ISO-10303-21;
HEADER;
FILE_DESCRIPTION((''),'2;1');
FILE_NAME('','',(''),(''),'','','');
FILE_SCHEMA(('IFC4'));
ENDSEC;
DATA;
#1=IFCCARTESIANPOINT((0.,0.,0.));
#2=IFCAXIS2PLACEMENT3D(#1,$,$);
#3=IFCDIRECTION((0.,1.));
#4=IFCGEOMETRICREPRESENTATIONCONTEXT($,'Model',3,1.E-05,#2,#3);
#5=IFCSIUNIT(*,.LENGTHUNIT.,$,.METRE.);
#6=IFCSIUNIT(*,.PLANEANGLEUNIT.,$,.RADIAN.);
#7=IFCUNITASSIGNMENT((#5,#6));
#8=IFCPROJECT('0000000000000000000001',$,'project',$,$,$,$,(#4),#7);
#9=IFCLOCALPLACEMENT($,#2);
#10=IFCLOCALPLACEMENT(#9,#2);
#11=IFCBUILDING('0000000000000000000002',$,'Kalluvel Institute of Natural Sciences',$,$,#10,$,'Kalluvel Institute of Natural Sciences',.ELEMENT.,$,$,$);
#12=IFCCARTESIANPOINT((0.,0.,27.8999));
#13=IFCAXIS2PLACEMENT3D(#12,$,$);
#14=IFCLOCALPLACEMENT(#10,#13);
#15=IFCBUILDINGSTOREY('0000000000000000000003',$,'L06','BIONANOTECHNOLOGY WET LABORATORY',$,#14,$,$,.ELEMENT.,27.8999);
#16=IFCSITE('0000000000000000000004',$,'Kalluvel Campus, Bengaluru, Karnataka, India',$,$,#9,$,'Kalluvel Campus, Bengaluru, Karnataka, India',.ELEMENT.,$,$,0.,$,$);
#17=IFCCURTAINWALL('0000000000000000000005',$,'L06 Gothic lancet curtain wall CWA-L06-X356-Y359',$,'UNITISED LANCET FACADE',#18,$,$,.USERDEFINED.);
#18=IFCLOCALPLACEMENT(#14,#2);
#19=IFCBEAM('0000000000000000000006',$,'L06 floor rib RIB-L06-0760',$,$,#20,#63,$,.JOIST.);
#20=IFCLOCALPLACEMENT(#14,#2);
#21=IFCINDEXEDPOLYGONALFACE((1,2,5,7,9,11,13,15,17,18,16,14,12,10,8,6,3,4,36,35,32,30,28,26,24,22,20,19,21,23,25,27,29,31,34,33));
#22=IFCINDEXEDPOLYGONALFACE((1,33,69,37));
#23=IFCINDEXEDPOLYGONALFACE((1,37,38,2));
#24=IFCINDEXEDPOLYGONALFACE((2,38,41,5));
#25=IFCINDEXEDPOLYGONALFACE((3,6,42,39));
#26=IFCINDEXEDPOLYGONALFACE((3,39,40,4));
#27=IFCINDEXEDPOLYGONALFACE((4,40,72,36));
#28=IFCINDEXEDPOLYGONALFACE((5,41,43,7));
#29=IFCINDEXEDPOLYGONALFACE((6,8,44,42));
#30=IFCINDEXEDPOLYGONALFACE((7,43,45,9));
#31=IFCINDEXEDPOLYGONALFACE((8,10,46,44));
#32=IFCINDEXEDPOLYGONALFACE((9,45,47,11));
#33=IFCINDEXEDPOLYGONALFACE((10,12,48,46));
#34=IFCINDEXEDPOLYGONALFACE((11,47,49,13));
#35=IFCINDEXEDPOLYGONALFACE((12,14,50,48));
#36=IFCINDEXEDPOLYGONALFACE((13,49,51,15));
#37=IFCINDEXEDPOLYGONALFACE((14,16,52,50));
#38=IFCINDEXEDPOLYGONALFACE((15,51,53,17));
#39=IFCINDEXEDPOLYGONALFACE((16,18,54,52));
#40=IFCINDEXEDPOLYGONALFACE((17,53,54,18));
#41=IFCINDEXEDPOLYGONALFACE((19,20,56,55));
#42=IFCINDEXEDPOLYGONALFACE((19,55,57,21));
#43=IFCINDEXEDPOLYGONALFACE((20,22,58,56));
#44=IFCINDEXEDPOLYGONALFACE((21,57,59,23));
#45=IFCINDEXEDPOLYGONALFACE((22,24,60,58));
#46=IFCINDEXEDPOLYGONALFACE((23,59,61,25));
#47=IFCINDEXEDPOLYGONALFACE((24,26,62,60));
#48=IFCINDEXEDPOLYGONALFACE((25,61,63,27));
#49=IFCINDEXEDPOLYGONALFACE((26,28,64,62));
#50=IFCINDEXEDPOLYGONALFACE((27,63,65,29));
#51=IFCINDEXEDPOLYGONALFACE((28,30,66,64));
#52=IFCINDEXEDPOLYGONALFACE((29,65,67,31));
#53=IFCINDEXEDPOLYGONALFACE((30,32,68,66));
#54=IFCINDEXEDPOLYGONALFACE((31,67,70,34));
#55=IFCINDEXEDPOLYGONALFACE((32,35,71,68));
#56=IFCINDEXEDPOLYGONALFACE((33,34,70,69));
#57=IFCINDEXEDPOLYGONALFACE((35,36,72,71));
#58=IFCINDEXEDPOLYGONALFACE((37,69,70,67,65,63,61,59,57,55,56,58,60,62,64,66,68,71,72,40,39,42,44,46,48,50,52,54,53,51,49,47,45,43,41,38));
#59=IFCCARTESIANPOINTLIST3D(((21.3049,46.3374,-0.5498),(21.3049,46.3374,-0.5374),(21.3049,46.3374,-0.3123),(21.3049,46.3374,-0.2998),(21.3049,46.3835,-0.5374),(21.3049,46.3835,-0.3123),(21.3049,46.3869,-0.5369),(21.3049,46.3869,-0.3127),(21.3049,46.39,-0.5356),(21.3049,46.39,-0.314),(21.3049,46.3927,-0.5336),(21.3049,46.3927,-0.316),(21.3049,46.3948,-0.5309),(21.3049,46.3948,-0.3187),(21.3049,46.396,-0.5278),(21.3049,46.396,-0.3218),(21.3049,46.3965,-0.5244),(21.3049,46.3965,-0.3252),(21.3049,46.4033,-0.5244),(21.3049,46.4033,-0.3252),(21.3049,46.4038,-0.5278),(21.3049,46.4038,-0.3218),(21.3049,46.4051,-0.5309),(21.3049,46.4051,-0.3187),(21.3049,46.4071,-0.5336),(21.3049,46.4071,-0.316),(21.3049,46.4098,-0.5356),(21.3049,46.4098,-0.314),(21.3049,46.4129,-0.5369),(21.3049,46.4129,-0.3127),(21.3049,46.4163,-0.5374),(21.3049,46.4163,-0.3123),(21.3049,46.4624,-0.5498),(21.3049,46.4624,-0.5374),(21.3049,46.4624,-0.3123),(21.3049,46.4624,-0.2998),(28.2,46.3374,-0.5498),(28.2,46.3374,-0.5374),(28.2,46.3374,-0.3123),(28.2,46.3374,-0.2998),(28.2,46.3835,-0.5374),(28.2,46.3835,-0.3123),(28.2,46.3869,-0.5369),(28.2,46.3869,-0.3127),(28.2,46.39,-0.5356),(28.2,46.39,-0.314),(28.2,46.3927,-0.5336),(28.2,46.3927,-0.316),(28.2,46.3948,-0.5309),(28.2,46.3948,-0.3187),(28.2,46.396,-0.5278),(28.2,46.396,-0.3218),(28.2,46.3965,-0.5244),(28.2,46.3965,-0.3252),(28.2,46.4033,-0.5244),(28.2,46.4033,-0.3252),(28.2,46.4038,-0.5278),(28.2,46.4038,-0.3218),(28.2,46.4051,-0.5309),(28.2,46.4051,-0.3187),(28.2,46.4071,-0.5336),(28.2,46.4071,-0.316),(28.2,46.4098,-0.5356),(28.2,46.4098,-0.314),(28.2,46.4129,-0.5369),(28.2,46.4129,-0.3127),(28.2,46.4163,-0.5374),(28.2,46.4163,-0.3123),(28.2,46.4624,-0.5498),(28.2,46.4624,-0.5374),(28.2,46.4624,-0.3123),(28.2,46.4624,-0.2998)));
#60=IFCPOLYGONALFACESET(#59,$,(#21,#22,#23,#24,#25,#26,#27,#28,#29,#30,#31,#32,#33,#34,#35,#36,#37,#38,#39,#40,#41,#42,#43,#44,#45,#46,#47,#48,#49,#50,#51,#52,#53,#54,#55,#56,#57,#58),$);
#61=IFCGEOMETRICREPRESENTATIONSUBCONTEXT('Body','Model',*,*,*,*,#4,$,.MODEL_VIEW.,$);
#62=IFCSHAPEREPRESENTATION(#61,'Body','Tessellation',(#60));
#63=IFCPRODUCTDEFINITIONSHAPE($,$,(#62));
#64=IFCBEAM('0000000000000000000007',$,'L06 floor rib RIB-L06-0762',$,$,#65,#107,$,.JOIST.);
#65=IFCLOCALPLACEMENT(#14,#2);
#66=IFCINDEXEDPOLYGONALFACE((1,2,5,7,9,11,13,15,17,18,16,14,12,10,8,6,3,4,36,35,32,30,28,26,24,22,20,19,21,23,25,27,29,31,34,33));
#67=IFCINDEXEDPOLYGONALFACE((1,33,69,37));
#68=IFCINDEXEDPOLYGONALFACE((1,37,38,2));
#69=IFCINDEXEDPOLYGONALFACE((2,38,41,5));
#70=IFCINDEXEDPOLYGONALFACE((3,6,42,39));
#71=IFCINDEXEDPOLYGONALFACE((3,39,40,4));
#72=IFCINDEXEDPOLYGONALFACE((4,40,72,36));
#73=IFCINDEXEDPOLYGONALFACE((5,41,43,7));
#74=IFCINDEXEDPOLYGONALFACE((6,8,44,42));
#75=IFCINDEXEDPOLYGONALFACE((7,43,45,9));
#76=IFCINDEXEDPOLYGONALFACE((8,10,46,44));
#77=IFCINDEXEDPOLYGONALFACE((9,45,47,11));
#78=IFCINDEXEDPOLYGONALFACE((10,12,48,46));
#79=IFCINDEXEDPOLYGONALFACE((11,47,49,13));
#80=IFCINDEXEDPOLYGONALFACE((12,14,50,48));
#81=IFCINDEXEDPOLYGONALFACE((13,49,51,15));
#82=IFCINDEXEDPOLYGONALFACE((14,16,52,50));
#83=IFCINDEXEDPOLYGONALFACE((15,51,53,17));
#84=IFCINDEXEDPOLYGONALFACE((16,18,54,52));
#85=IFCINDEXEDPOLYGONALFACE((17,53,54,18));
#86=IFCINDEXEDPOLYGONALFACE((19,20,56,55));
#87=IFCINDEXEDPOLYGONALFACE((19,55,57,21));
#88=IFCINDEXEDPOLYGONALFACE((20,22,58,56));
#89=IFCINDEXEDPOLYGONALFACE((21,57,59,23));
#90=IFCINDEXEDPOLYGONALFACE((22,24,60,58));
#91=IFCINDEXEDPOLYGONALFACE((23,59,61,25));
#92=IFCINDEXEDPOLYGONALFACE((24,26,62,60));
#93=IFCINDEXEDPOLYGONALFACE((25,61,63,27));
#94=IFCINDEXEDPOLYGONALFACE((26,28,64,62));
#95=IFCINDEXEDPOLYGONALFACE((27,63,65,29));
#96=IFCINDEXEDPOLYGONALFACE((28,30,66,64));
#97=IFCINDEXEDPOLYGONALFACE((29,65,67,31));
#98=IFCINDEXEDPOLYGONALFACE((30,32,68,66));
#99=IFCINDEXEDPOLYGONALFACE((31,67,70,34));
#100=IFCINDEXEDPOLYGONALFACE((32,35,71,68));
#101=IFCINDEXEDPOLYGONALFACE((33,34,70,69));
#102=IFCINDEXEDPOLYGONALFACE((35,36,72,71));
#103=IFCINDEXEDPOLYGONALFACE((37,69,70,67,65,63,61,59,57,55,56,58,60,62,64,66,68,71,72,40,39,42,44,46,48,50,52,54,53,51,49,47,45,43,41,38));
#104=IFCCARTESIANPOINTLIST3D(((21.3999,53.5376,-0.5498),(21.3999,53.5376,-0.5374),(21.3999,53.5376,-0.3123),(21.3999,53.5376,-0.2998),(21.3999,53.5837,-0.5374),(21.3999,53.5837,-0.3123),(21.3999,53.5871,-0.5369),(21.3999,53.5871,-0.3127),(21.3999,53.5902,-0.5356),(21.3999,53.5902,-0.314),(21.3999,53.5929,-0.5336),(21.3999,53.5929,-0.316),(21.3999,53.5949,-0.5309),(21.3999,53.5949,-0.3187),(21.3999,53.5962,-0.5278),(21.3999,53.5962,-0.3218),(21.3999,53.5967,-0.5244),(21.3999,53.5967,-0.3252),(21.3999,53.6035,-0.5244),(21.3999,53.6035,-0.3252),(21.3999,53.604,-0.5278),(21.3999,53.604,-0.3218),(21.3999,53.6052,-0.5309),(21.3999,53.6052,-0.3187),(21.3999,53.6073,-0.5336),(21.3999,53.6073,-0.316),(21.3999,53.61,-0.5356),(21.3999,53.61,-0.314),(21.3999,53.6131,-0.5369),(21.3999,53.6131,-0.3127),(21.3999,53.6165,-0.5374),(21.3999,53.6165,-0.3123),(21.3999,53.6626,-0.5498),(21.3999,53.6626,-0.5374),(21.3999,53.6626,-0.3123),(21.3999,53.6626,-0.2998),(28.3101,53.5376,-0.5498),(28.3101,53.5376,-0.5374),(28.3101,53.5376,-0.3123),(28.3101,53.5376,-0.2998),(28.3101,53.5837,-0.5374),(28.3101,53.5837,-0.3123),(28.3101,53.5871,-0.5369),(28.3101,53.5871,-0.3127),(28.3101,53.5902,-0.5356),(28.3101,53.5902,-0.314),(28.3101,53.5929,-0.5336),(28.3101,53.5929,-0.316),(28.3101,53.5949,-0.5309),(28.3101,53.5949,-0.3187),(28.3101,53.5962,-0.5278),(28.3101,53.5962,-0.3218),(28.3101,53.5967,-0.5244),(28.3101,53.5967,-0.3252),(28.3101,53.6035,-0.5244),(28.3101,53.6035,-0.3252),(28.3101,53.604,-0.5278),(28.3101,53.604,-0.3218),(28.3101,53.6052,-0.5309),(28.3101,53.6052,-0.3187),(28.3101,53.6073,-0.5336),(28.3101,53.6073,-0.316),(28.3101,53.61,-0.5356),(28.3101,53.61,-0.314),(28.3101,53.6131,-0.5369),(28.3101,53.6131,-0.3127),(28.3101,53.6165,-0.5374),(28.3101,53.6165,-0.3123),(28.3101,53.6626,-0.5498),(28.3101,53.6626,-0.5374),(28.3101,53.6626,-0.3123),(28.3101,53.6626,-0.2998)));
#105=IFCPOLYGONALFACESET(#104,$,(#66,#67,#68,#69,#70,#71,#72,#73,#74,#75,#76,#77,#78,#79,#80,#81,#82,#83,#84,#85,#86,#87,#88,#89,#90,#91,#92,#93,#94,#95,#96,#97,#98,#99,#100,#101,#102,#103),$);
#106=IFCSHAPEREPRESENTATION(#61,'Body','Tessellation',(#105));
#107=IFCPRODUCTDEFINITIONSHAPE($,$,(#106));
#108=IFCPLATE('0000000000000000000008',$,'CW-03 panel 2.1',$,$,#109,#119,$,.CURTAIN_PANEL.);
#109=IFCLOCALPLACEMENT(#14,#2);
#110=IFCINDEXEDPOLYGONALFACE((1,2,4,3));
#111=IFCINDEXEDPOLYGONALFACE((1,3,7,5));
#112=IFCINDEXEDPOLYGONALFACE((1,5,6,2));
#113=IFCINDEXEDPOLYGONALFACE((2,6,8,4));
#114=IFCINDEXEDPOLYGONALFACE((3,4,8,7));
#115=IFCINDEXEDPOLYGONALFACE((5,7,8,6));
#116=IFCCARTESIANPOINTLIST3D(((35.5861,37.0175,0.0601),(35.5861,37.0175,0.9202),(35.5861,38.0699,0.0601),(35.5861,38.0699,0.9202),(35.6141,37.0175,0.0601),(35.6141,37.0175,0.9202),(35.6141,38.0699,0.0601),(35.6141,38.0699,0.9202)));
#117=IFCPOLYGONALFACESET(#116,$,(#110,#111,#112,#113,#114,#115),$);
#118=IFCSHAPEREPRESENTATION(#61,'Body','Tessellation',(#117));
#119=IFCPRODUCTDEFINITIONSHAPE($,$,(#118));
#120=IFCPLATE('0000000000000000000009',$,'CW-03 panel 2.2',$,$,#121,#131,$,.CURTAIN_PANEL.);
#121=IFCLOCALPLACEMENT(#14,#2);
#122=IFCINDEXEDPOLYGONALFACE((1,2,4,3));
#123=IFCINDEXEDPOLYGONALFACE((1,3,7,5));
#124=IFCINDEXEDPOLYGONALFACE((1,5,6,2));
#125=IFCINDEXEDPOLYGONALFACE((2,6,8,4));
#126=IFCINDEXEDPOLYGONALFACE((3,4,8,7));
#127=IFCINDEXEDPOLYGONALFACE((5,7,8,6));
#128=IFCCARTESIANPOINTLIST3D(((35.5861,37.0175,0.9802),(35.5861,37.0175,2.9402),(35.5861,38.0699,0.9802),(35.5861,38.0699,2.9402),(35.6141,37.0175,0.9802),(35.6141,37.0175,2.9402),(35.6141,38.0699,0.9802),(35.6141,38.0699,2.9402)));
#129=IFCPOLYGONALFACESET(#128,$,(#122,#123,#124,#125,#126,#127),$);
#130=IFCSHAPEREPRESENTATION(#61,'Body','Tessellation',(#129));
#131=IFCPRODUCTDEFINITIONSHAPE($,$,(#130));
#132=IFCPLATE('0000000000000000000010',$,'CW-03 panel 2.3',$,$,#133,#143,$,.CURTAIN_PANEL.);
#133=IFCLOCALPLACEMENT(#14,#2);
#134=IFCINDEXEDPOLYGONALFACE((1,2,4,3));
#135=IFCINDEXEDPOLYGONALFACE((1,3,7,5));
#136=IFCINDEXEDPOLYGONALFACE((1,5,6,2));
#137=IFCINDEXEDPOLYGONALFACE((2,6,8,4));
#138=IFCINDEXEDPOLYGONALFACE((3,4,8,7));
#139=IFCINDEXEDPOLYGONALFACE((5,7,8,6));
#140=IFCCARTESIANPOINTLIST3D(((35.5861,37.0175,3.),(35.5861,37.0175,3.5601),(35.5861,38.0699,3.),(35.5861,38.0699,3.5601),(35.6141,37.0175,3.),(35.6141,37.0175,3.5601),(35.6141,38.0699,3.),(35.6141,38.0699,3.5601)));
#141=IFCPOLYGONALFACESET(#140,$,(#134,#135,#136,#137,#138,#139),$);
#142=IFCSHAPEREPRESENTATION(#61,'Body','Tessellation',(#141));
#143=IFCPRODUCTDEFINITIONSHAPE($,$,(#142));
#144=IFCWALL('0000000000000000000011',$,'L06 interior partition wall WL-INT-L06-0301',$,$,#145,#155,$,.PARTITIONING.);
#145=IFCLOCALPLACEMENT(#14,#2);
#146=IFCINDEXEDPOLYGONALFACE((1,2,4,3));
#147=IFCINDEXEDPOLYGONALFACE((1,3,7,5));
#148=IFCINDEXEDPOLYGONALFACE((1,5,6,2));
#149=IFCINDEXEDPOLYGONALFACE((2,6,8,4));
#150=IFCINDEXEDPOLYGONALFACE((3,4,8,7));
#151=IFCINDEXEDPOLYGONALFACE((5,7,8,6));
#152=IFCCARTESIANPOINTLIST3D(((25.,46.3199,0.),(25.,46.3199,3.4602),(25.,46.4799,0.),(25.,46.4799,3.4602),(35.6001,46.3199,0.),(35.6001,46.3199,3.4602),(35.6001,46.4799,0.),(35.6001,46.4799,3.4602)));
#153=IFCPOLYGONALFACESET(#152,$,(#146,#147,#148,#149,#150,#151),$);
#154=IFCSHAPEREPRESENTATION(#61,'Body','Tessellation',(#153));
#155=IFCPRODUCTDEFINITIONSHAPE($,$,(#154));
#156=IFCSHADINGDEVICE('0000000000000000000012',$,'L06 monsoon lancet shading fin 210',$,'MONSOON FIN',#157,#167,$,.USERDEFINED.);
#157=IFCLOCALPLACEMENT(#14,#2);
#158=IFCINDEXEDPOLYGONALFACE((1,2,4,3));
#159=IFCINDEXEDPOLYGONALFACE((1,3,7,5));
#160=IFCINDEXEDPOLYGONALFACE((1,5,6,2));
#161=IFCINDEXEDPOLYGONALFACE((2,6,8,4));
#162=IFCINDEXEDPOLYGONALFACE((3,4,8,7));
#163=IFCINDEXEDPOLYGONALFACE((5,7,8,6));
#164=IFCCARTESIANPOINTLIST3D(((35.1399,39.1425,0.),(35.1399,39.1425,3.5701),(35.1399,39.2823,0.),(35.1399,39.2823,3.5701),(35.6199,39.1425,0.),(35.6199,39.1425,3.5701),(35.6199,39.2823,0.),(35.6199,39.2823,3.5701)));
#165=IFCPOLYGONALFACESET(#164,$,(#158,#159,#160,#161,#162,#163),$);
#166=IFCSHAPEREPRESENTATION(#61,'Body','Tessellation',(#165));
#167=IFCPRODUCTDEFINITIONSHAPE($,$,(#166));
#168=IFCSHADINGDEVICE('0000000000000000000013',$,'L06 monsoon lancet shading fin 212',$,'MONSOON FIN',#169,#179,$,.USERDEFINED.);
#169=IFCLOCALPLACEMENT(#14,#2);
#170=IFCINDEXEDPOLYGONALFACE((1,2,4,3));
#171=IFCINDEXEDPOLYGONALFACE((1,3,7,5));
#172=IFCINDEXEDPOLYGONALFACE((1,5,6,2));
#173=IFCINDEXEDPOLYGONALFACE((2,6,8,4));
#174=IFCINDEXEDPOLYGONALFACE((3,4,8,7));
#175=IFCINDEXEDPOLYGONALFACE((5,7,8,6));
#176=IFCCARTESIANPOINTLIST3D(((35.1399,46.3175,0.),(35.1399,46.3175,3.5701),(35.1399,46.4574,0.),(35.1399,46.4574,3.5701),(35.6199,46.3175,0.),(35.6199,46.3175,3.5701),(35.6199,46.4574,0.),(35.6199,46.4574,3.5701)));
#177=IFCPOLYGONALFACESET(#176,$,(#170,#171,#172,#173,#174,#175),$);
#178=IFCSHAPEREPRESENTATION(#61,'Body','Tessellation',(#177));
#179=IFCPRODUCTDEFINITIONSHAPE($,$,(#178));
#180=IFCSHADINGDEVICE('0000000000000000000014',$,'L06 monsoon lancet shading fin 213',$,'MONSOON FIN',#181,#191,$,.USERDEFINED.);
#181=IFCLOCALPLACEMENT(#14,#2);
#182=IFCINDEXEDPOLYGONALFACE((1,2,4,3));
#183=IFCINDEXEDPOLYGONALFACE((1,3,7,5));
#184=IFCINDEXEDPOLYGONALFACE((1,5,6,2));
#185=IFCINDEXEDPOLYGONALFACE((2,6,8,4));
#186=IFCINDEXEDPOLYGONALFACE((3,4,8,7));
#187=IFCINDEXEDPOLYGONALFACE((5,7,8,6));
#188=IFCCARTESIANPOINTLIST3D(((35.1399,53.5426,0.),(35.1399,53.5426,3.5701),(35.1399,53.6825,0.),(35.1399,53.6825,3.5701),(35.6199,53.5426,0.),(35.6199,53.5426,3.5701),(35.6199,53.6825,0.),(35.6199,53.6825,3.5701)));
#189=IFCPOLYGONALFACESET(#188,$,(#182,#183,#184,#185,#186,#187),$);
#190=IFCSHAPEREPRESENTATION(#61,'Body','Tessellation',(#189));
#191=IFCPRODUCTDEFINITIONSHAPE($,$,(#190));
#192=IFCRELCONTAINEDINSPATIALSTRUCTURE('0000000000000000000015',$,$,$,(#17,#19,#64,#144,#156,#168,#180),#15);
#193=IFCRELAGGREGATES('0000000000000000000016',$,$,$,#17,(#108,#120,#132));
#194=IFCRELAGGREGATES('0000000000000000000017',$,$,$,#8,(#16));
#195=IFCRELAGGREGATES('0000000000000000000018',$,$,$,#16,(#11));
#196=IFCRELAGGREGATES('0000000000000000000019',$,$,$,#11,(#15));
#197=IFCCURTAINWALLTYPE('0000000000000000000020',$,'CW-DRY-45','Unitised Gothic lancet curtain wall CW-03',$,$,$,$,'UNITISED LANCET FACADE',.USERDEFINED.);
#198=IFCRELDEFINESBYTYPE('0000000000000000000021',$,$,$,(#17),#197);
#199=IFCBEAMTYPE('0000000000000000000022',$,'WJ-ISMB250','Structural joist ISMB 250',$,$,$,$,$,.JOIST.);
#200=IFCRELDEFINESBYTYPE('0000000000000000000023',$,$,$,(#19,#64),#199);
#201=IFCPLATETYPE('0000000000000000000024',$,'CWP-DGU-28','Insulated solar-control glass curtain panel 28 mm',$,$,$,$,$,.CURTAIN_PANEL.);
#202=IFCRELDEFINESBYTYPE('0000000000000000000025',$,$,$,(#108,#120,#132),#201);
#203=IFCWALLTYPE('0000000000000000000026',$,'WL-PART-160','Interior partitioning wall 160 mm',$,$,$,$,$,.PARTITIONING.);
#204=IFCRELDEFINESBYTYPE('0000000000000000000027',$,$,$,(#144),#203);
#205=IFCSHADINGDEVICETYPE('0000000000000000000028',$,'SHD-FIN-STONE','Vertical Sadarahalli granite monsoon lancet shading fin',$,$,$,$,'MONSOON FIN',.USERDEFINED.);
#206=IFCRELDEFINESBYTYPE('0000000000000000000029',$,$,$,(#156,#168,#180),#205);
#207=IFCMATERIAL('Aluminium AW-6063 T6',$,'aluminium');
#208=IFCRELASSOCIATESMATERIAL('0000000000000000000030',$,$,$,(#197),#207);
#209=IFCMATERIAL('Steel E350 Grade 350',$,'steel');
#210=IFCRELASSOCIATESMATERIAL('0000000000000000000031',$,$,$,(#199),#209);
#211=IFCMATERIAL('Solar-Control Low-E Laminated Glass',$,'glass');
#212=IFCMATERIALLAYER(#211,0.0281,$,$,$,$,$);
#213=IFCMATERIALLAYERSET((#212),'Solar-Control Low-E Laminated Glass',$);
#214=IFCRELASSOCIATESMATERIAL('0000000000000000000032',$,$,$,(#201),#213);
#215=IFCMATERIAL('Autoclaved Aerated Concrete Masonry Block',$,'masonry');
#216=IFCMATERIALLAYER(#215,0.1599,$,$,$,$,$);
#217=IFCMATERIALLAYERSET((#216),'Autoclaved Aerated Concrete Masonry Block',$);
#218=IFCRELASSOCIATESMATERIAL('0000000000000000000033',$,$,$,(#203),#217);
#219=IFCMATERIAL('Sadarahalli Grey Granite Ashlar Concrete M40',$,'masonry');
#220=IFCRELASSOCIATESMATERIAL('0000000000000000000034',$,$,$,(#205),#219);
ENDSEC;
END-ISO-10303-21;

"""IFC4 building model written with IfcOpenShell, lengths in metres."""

from ifc_helpers import new_model, si_unit, direction, frame, frame_2d, origin, origin_2d, place, context, subcontext, project, spatial, rectangle, i_section, extrude, material, layer, layer_set, material_profile, profile_set, type_object, element, aggregate, save


model = new_model("IFC4")

# Units and contexts
model_context = context("Model", 3, precision=1e-05, world=origin(), true_north=direction((0.0, 1.0)))
body_context = subcontext(model_context, "Body", "Model", "MODEL_VIEW")
ifc_project = project(units=[si_unit("LENGTHUNIT", "METRE"), si_unit("PLANEANGLEUNIT", "RADIAN")], contexts=[model_context])

# Site, building, storey
site_placement = place(None, origin())
site = spatial("IfcSite", under=ifc_project, at=site_placement, Name="Kalluvel Campus, Bengaluru, Karnataka, India", LongName="Kalluvel Campus, Bengaluru, Karnataka, India", CompositionType="ELEMENT", RefElevation=0.0)
building_placement = place(site_placement, origin())
building = spatial("IfcBuilding", under=site, at=building_placement, Name="Kalluvel Institute of Natural Sciences", LongName="Kalluvel Institute of Natural Sciences", CompositionType="ELEMENT")
storey_placement = place(building_placement, frame((0.0, 0.0, 27.8999)))
storey = spatial("IfcBuildingStorey", under=building, at=storey_placement, Name="L06", Description="BIONANOTECHNOLOGY WET LABORATORY", CompositionType="ELEMENT", Elevation=27.8999)

# Shared definitions
ifc_material_1 = material(Name="Steel E350 Grade 350", Category="steel")

# Curtain wall
ifc_material_2 = material(Name="Aluminium AW-6063 T6", Category="aluminium")
curtain_wall_type = type_object("IfcCurtainWallType", Name="CW-DRY-45", Description="Unitised Gothic lancet curtain wall CW-03", ElementType="UNITISED LANCET FACADE", PredefinedType="USERDEFINED", material=ifc_material_2)
curtain_wall_placement = place(storey_placement, origin())
curtain_wall = element("IfcCurtainWall", 1, at=curtain_wall_placement, inside=storey, type_object=curtain_wall_type, Name="L06 Gothic lancet curtain wall CWA-L06-X356-Y359", ObjectType="UNITISED LANCET FACADE", PredefinedType="USERDEFINED")

# Beams
ifc_material_profile_1 = material_profile(ifc_material_1, i_section(OverallWidth=0.125, OverallDepth=0.25, WebThickness=0.0068, FlangeThickness=0.0125, FilletRadius=0.0129, at=origin_2d()), Name="ISMB 250")
ifc_profile_set_1 = profile_set([ifc_material_profile_1], Name="Steel E350 Grade 350")
beam_type_1 = type_object("IfcBeamType", Name="WJ-ISMB250", Description="Structural joist ISMB 250", PredefinedType="JOIST", material=ifc_profile_set_1)
beam_1_placement = place(storey_placement, frame((21.3049, 46.3999, -0.4248), z_axis=(1.0, 0.0, 0.0), x_axis=(0.0, 1.0, 0.0)))
element("IfcBeam", 2, at=beam_1_placement, inside=storey, type_object=beam_type_1, Name="L06 floor rib RIB-L06-0760", PredefinedType="JOIST", context=body_context, shape_type="SweptSolid", body=[
    extrude(i_section(OverallWidth=0.125, OverallDepth=0.25, WebThickness=0.0068, FlangeThickness=0.0125, FilletRadius=0.0129, at=origin_2d()), origin(), (0.0, 0.0, 1.0), 6.895),
])
beam_2_placement = place(storey_placement, frame((21.3999, 53.6001, -0.4248), z_axis=(1.0, 0.0, 0.0), x_axis=(0.0, 1.0, 0.0)))
element("IfcBeam", 3, at=beam_2_placement, inside=storey, type_object=beam_type_1, Name="L06 floor rib RIB-L06-0762", PredefinedType="JOIST", context=body_context, shape_type="SweptSolid", body=[
    extrude(i_section(OverallWidth=0.125, OverallDepth=0.25, WebThickness=0.0068, FlangeThickness=0.0125, FilletRadius=0.0129, at=origin_2d()), origin(), (0.0, 0.0, 1.0), 6.9102),
])

# Plates
ifc_material_3 = material(Name="Solar-Control Low-E Laminated Glass", Category="glass")
ifc_layer_1 = layer(ifc_material_3, 0.0281)
ifc_layer_set_1 = layer_set([ifc_layer_1], Name="Solar-Control Low-E Laminated Glass")
plate_type = type_object("IfcPlateType", Name="CWP-DGU-28", Description="Insulated solar-control glass curtain panel 28 mm", PredefinedType="CURTAIN_PANEL", material=ifc_layer_set_1)
plate_1_placement = place(storey_placement, frame((35.6001, 37.5437, 0.0601), z_axis=(0.0, 0.0, 1.0), x_axis=(0.0, 1.0, 0.0)))
plate_1 = element("IfcPlate", 4, at=plate_1_placement, type_object=plate_type, Name="CW-03 panel 2.1", PredefinedType="CURTAIN_PANEL", context=body_context, shape_type="SweptSolid", body=[
    extrude(rectangle(XDim=1.0525, YDim=0.0281, at=origin_2d()), origin(), (0.0, 0.0, 1.0), 0.8601),
])
plate_2_placement = place(storey_placement, frame((35.6001, 37.5437, 0.9802), z_axis=(0.0, 0.0, 1.0), x_axis=(0.0, 1.0, 0.0)))
plate_2 = element("IfcPlate", 5, at=plate_2_placement, type_object=plate_type, Name="CW-03 panel 2.2", PredefinedType="CURTAIN_PANEL", context=body_context, shape_type="SweptSolid", body=[
    extrude(rectangle(XDim=1.0525, YDim=0.0281, at=origin_2d()), origin(), (0.0, 0.0, 1.0), 1.96),
])
plate_3_placement = place(storey_placement, frame((35.6001, 37.5437, 3.0), z_axis=(0.0, 0.0, 1.0), x_axis=(0.0, 1.0, 0.0)))
plate_3 = element("IfcPlate", 6, at=plate_3_placement, type_object=plate_type, Name="CW-03 panel 2.3", PredefinedType="CURTAIN_PANEL", context=body_context, shape_type="SweptSolid", body=[
    extrude(rectangle(XDim=1.0525, YDim=0.0281, at=origin_2d()), origin(), (0.0, 0.0, 1.0), 0.5601),
])
aggregate(curtain_wall, [plate_1, plate_2, plate_3])

# Wall
ifc_material_4 = material(Name="Autoclaved Aerated Concrete Masonry Block", Category="masonry")
ifc_layer_2 = layer(ifc_material_4, 0.1599)
ifc_layer_set_2 = layer_set([ifc_layer_2], Name="Autoclaved Aerated Concrete Masonry Block")
wall_type = type_object("IfcWallType", Name="WL-PART-160", Description="Interior partitioning wall 160 mm", PredefinedType="PARTITIONING", material=ifc_layer_set_2)
wall_placement = place(storey_placement, frame((25.0, 46.3999, 0.0), z_axis=(0.0, 0.0, 1.0), x_axis=(1.0, 0.0, 0.0)))
element("IfcWall", 7, at=wall_placement, inside=storey, type_object=wall_type, Name="L06 interior partition wall WL-INT-L06-0301", PredefinedType="PARTITIONING", context=body_context, shape_type="SweptSolid", body=[
    extrude(rectangle(XDim=10.6001, YDim=0.1599, at=frame_2d((5.3, 0.0))), origin(), (0.0, 0.0, 1.0), 3.4602),
])

# Shading devices
ifc_material_5 = material(Name="Sadarahalli Grey Granite Ashlar Concrete M40", Category="masonry")
shading_device_type_1 = type_object("IfcShadingDeviceType", Name="SHD-FIN-STONE", Description="Vertical Sadarahalli granite monsoon lancet shading fin", ElementType="MONSOON FIN", PredefinedType="USERDEFINED", material=ifc_material_5)
for number, where, z_axis, x_axis, name in (
    (8, (35.3799, 39.2124, 0.0), (0.0, 0.0, 1.0), (0.0, 1.0, 0.0), "L06 monsoon lancet shading fin 210"),
    (9, (35.3799, 46.3875, 0.0), (0.0, 0.0, 1.0), (0.0, 1.0, 0.0), "L06 monsoon lancet shading fin 212"),
    (10, (35.3799, 53.6125, 0.0), (0.0, 0.0, 1.0), (0.0, 1.0, 0.0), "L06 monsoon lancet shading fin 213"),
):
    element("IfcShadingDevice", number, at=place(storey_placement, frame(where, z_axis=z_axis, x_axis=x_axis)), inside=storey, type_object=shading_device_type_1, Name=name, ObjectType="MONSOON FIN", PredefinedType="USERDEFINED", context=body_context, shape_type="SweptSolid", body=[
        extrude(rectangle(XDim=0.1399, YDim=0.48, at=origin_2d()), origin(), (0.0, 0.0, 1.0), 3.5701),
    ])

save(model, "model.ifc")
